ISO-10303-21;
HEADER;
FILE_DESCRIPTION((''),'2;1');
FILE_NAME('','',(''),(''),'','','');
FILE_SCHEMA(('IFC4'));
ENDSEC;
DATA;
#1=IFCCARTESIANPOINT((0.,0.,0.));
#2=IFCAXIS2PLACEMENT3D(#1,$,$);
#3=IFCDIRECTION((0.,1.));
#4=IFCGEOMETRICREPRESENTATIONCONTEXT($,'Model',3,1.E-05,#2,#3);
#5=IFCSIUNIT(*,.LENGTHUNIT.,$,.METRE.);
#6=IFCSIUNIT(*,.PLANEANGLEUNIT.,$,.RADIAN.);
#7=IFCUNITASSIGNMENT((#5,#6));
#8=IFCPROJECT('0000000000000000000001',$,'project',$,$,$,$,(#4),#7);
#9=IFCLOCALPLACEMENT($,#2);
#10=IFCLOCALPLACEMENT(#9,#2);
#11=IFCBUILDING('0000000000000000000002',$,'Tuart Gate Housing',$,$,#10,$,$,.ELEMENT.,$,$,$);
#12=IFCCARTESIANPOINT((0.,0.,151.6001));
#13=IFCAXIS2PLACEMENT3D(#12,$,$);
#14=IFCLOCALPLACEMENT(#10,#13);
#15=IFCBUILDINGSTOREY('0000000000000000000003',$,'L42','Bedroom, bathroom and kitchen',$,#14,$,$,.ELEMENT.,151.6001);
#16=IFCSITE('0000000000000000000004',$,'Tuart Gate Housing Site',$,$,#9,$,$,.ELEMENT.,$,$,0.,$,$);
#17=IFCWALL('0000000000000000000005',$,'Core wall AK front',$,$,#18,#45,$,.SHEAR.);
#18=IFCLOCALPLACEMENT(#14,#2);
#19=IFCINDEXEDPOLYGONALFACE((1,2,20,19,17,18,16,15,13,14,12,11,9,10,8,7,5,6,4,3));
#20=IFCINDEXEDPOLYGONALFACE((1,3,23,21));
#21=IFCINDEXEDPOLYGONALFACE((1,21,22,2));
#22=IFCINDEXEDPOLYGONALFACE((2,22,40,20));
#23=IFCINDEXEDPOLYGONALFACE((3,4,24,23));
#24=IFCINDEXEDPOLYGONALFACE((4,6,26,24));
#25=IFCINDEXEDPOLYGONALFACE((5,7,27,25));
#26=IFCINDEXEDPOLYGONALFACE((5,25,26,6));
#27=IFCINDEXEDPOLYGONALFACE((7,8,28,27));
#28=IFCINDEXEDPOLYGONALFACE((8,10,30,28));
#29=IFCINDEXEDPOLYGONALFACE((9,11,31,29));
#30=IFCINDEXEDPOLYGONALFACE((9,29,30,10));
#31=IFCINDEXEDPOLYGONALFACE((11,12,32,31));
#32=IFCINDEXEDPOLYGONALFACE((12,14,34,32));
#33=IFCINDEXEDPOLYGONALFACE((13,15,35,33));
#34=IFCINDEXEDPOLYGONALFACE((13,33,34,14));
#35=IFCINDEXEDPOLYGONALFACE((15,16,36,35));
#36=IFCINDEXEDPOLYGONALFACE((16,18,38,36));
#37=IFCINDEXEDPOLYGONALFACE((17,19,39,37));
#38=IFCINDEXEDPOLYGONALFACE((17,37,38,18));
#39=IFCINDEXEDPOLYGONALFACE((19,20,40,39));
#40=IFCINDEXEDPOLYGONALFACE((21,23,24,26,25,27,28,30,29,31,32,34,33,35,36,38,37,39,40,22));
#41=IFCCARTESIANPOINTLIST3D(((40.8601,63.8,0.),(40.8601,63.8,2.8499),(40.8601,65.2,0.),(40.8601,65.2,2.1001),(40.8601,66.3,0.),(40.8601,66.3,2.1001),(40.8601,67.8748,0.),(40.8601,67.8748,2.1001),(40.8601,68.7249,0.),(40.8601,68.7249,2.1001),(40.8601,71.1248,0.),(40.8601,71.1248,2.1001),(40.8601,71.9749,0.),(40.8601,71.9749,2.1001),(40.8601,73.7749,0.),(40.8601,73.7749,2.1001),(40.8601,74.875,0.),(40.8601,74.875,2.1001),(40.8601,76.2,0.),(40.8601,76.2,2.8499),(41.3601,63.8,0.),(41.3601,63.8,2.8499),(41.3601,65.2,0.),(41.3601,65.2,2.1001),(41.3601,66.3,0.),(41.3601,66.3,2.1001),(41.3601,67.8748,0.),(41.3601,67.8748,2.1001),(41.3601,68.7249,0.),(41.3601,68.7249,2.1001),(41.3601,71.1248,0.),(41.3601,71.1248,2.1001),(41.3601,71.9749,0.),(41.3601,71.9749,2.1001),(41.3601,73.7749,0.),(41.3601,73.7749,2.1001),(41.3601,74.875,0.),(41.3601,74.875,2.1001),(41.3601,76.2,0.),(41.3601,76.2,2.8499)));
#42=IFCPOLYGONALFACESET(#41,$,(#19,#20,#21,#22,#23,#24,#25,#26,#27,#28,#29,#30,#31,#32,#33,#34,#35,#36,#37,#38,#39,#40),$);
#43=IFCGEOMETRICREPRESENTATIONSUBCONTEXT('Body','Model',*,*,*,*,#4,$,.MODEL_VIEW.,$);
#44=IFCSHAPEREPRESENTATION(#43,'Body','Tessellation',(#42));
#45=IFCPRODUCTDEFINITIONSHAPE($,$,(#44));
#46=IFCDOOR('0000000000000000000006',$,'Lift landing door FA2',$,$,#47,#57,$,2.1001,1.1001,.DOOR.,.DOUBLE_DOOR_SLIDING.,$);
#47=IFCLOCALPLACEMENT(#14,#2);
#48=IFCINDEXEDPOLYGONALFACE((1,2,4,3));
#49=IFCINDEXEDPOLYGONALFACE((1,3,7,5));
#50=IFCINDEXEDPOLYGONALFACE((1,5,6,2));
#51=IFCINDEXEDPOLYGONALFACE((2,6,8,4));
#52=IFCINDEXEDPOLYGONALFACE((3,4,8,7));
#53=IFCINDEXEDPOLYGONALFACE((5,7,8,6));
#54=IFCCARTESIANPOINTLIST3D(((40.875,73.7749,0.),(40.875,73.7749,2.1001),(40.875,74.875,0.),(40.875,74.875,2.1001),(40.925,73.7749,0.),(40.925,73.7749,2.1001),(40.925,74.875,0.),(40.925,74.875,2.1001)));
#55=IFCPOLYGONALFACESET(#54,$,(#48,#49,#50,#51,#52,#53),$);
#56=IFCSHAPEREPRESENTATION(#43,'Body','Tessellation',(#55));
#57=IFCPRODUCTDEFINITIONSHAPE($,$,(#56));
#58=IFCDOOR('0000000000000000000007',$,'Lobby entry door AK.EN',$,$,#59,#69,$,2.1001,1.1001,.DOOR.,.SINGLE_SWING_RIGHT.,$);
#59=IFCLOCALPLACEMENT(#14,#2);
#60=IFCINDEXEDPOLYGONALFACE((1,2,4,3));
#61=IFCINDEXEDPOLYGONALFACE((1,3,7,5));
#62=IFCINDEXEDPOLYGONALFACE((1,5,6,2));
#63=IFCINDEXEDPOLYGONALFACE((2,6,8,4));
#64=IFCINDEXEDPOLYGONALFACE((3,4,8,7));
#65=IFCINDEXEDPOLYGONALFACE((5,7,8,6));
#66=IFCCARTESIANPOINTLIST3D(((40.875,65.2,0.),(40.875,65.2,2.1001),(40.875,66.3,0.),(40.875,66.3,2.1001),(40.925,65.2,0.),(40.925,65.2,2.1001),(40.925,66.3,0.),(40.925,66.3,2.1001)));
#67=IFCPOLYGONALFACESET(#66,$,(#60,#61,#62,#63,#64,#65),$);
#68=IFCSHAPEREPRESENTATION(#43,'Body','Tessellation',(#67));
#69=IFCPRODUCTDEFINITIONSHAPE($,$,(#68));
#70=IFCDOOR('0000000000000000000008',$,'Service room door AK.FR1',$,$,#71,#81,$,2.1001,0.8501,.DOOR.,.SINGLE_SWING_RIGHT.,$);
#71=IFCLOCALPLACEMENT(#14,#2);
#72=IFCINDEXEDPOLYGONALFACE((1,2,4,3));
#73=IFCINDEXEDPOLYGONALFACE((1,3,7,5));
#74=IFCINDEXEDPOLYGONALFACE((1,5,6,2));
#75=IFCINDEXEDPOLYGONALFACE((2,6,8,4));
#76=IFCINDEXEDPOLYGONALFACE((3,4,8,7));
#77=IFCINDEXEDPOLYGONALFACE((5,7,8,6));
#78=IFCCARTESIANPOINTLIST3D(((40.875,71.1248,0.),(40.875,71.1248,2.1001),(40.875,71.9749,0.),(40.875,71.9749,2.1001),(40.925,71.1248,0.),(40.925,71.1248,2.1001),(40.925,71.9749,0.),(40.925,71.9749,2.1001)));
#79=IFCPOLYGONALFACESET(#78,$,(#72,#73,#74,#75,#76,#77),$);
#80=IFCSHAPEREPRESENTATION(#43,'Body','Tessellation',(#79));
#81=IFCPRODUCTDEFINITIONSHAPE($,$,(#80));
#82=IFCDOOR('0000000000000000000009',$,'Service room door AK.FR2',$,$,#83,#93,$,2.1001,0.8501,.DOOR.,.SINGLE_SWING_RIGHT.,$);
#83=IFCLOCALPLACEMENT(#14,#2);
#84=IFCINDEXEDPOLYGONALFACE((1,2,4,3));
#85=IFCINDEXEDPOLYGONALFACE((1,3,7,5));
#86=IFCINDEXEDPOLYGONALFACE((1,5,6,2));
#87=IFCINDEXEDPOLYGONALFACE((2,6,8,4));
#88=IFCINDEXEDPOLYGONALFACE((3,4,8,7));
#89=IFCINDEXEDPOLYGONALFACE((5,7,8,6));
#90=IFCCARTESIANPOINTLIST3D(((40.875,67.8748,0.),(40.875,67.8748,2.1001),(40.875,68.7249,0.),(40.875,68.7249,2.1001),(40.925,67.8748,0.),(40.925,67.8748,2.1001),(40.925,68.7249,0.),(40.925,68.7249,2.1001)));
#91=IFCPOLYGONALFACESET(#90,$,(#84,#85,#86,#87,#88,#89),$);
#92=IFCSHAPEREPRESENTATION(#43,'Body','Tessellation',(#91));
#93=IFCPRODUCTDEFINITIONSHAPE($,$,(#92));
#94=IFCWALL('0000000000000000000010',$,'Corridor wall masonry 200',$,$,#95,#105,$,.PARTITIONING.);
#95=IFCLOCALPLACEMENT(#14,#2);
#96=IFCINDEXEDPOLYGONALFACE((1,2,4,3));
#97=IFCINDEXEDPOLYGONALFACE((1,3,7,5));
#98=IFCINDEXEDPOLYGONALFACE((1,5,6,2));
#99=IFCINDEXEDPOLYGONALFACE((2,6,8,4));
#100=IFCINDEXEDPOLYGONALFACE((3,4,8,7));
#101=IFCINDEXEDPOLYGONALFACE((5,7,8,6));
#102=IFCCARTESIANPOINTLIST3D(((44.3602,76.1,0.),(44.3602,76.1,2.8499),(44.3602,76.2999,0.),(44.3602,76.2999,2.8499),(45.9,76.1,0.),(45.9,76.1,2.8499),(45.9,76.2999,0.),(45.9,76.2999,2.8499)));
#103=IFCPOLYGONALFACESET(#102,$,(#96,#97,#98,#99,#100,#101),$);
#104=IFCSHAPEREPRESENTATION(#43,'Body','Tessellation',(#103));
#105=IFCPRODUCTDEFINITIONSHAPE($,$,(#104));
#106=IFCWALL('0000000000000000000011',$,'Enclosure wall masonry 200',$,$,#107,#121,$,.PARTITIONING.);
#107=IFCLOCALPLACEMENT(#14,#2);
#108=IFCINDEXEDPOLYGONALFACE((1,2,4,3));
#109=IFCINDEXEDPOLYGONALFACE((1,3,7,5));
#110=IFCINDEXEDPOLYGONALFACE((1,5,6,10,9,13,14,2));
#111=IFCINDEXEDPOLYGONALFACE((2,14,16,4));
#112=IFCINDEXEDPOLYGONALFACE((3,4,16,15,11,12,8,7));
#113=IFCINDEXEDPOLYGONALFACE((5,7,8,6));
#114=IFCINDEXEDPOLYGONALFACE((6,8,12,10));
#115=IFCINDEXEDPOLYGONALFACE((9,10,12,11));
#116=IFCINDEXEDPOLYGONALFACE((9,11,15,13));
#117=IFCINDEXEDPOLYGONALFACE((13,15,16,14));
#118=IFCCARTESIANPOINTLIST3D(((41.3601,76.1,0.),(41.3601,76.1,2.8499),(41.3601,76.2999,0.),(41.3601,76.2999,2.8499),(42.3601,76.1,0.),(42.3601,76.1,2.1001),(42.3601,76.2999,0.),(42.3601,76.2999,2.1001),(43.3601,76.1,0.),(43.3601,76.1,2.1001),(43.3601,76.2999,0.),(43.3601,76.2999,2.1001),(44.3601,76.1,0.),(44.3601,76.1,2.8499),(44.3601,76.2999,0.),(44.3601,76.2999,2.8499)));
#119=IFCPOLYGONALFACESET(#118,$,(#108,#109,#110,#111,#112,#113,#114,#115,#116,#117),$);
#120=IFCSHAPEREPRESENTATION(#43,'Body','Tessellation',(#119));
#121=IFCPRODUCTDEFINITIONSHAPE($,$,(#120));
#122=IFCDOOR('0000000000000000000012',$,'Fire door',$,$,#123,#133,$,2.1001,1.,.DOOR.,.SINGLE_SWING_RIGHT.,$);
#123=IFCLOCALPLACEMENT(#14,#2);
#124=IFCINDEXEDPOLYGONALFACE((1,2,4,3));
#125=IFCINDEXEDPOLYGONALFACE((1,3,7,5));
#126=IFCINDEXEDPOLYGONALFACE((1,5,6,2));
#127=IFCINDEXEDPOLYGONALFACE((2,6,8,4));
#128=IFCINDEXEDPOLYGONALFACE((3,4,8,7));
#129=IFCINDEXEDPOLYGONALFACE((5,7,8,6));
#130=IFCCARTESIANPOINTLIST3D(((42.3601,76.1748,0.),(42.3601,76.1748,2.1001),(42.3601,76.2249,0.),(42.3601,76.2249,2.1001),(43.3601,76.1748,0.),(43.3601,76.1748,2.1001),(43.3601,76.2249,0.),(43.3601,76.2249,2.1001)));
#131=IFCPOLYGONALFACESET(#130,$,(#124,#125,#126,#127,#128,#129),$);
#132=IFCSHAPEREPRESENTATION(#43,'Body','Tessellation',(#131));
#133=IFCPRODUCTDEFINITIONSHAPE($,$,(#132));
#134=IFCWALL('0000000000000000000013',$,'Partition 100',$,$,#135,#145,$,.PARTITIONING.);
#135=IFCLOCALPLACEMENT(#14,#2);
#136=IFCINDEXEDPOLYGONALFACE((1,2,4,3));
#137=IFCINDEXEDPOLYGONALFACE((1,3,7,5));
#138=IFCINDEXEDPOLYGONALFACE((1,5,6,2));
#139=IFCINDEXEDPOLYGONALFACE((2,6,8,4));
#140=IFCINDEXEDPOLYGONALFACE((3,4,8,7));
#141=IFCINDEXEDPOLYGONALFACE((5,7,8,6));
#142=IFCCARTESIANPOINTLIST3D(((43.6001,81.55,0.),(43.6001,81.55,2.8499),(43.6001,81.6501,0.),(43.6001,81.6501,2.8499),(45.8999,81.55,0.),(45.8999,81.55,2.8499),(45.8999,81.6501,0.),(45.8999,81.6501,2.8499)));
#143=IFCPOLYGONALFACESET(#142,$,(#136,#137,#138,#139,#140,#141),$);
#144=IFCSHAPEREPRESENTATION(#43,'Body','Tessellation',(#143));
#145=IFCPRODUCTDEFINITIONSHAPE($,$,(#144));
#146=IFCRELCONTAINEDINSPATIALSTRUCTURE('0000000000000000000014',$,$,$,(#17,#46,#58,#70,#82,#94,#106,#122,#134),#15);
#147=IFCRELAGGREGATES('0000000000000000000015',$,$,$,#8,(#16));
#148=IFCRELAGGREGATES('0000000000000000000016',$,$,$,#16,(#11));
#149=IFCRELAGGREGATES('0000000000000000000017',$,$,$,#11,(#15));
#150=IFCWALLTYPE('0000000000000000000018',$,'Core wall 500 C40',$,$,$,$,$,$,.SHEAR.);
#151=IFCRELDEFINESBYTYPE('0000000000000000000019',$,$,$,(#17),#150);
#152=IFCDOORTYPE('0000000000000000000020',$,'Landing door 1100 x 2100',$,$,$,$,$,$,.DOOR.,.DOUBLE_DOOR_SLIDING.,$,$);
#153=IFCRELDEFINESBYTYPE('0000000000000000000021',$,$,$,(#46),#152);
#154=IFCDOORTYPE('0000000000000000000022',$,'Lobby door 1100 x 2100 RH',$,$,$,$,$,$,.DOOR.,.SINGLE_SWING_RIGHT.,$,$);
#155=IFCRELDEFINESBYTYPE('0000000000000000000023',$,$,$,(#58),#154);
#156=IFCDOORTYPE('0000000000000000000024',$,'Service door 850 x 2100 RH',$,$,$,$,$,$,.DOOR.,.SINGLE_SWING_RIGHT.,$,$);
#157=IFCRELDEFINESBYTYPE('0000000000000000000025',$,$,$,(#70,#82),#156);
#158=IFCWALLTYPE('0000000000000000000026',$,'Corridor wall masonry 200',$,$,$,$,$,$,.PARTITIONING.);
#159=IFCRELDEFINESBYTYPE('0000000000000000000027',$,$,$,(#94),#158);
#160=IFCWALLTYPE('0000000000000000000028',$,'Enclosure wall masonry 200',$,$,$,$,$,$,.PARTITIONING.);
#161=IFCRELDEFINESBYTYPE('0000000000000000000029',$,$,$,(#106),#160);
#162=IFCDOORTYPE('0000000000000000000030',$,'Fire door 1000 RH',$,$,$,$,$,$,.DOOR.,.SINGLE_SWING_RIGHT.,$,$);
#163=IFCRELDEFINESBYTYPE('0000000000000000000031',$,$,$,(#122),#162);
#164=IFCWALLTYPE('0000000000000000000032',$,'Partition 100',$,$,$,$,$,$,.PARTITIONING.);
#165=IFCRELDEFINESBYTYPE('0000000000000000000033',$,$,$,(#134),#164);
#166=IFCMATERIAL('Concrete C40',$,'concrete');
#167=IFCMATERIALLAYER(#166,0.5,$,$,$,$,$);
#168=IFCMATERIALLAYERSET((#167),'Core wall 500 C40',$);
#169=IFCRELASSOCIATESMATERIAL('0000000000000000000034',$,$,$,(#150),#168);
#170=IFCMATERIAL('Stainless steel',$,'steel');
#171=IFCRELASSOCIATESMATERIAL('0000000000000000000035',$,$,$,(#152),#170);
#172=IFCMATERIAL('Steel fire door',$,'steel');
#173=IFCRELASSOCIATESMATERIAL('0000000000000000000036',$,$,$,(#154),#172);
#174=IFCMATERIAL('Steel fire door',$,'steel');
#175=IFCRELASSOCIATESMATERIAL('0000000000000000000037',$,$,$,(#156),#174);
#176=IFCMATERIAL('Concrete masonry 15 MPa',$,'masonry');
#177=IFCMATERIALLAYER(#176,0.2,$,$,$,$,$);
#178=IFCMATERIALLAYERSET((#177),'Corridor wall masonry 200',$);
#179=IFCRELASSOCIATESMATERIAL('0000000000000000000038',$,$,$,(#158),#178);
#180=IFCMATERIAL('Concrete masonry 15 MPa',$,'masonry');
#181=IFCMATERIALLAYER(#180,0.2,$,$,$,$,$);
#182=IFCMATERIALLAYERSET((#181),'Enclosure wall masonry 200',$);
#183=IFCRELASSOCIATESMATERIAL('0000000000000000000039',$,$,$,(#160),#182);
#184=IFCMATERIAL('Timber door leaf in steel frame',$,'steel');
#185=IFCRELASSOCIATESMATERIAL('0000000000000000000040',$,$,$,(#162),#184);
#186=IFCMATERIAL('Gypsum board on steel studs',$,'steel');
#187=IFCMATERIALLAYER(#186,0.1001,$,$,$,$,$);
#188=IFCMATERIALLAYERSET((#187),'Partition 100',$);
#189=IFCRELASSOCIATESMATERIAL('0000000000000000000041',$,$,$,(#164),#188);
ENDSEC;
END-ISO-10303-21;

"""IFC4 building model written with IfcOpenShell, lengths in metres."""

from ifc_helpers import new_model, si_unit, direction, frame, frame_2d, origin, place, context, subcontext, project, spatial, rectangle, extrude, material, layer, layer_set, type_object, element, fill, save


model = new_model("IFC4")

# Units and contexts
model_context = context("Model", 3, precision=1e-05, world=origin(), true_north=direction((0.0, 1.0)))
body_context = subcontext(model_context, "Body", "Model", "MODEL_VIEW")
ifc_project = project(units=[si_unit("LENGTHUNIT", "METRE"), si_unit("PLANEANGLEUNIT", "RADIAN")], contexts=[model_context])

# Site, building, storey
site_placement = place(None, origin())
site = spatial("IfcSite", under=ifc_project, at=site_placement, Name="Tuart Gate Housing Site", CompositionType="ELEMENT", RefElevation=0.0)
building_placement = place(site_placement, origin())
building = spatial("IfcBuilding", under=site, at=building_placement, Name="Tuart Gate Housing", CompositionType="ELEMENT")
storey_placement = place(building_placement, frame((0.0, 0.0, 151.6001)))
storey = spatial("IfcBuildingStorey", under=building, at=storey_placement, Name="L42", Description="Bedroom, bathroom and kitchen", CompositionType="ELEMENT", Elevation=151.6001)

# Wall, openings, doors
ifc_material_1 = material(Name="Concrete C40", Category="concrete")
ifc_layer_1 = layer(ifc_material_1, 0.5)
ifc_layer_set_1 = layer_set([ifc_layer_1], Name="Core wall 500 C40")
wall_type_1 = type_object("IfcWallType", Name="Core wall 500 C40", PredefinedType="SHEAR", material=ifc_layer_set_1)
wall_1_placement = place(storey_placement, frame((41.1101, 76.2, 0.0), z_axis=(0.0, 0.0, 1.0), x_axis=(0.0, -1.0, 0.0)))
wall_1 = element("IfcWall", 1, at=wall_1_placement, inside=storey, type_object=wall_type_1, Name="Core wall AK front", PredefinedType="SHEAR", context=body_context, shape_type="SweptSolid", body=[
    extrude(rectangle(XDim=12.3999, YDim=0.5, at=frame_2d((6.2, 0.0))), origin(), (0.0, 0.0, 1.0), 2.8499),
])
opening_1_placement = place(wall_1_placement, frame((1.325, 0.0, 0.0)))
opening_1 = element("IfcOpeningElement", 2, at=opening_1_placement, cuts=wall_1, PredefinedType="OPENING", context=body_context, shape_type="SweptSolid", body=[
    extrude(rectangle(XDim=1.1001, YDim=2.1001, at=frame_2d((0.55, 1.05))), frame((0.0, 0.26, 0.0), z_axis=(0.0, -1.0, 0.0), x_axis=(1.0, 0.0, 0.0)), (0.0, 0.0, 1.0), 0.52),
])
opening_2_placement = place(wall_1_placement, frame((4.2251, 0.0, 0.0)))
opening_2 = element("IfcOpeningElement", 3, at=opening_2_placement, cuts=wall_1, PredefinedType="OPENING", context=body_context, shape_type="SweptSolid", body=[
    extrude(rectangle(XDim=0.8501, YDim=2.1001, at=frame_2d((0.425, 1.05))), frame((0.0, 0.26, 0.0), z_axis=(0.0, -1.0, 0.0), x_axis=(1.0, 0.0, 0.0)), (0.0, 0.0, 1.0), 0.52),
])
opening_3_placement = place(wall_1_placement, frame((7.4751, 0.0, 0.0)))
opening_3 = element("IfcOpeningElement", 4, at=opening_3_placement, cuts=wall_1, PredefinedType="OPENING", context=body_context, shape_type="SweptSolid", body=[
    extrude(rectangle(XDim=0.8501, YDim=2.1001, at=frame_2d((0.425, 1.05))), frame((0.0, 0.26, 0.0), z_axis=(0.0, -1.0, 0.0), x_axis=(1.0, 0.0, 0.0)), (0.0, 0.0, 1.0), 0.52),
])
opening_4_placement = place(wall_1_placement, frame((9.8999, 0.0, 0.0)))
opening_4 = element("IfcOpeningElement", 5, at=opening_4_placement, cuts=wall_1, PredefinedType="OPENING", context=body_context, shape_type="SweptSolid", body=[
    extrude(rectangle(XDim=1.1001, YDim=2.1001, at=frame_2d((0.55, 1.05))), frame((0.0, 0.26, 0.0), z_axis=(0.0, -1.0, 0.0), x_axis=(1.0, 0.0, 0.0)), (0.0, 0.0, 1.0), 0.52),
])
ifc_material_2 = material(Name="Stainless steel", Category="steel")
door_type_1 = type_object("IfcDoorType", Name="Landing door 1100 x 2100", OperationType="DOUBLE_DOOR_SLIDING", PredefinedType="DOOR", material=ifc_material_2)
door_1_placement = place(opening_1_placement, origin())
door_1 = element("IfcDoor", 6, at=door_1_placement, inside=storey, type_object=door_type_1, Name="Lift landing door FA2", OperationType="DOUBLE_DOOR_SLIDING", OverallHeight=2.1001, OverallWidth=1.1001, PredefinedType="DOOR", context=body_context, shape_type="SweptSolid", body=[
    extrude(rectangle(XDim=1.1001, YDim=2.1001, at=frame_2d((0.55, 1.05))), frame((0.0, -0.1851, 0.0), z_axis=(0.0, -1.0, 0.0), x_axis=(1.0, 0.0, 0.0)), (0.0, 0.0, 1.0), 0.05),
])
fill(opening_1, door_1)
ifc_material_3 = material(Name="Steel fire door", Category="steel")
door_type_2 = type_object("IfcDoorType", Name="Lobby door 1100 x 2100 RH", OperationType="SINGLE_SWING_RIGHT", PredefinedType="DOOR", material=ifc_material_3)
door_2_placement = place(opening_4_placement, frame((1.1001, 0.0, 0.0), z_axis=(0.0, 0.0, 1.0), x_axis=(-1.0, 0.0, 0.0)))
door_2 = element("IfcDoor", 7, at=door_2_placement, inside=storey, type_object=door_type_2, Name="Lobby entry door AK.EN", OperationType="SINGLE_SWING_RIGHT", OverallHeight=2.1001, OverallWidth=1.1001, PredefinedType="DOOR", context=body_context, shape_type="SweptSolid", body=[
    extrude(rectangle(XDim=1.1001, YDim=2.1001, at=frame_2d((0.55, 1.05))), frame((0.0, 0.2351, 0.0), z_axis=(0.0, -1.0, 0.0), x_axis=(1.0, 0.0, 0.0)), (0.0, 0.0, 1.0), 0.05),
])
fill(opening_4, door_2)
ifc_material_4 = material(Name="Steel fire door", Category="steel")
door_type_3 = type_object("IfcDoorType", Name="Service door 850 x 2100 RH", OperationType="SINGLE_SWING_RIGHT", PredefinedType="DOOR", material=ifc_material_4)
door_3_placement = place(opening_2_placement, frame((0.8501, 0.0, 0.0), z_axis=(0.0, 0.0, 1.0), x_axis=(-1.0, 0.0, 0.0)))
door_3 = element("IfcDoor", 8, at=door_3_placement, inside=storey, type_object=door_type_3, Name="Service room door AK.FR1", OperationType="SINGLE_SWING_RIGHT", OverallHeight=2.1001, OverallWidth=0.8501, PredefinedType="DOOR", context=body_context, shape_type="SweptSolid", body=[
    extrude(rectangle(XDim=0.8501, YDim=2.1001, at=frame_2d((0.425, 1.05))), frame((0.0, 0.2351, 0.0), z_axis=(0.0, -1.0, 0.0), x_axis=(1.0, 0.0, 0.0)), (0.0, 0.0, 1.0), 0.05),
])
fill(opening_2, door_3)
door_4_placement = place(opening_3_placement, frame((0.8501, 0.0, 0.0), z_axis=(0.0, 0.0, 1.0), x_axis=(-1.0, 0.0, 0.0)))
door_4 = element("IfcDoor", 9, at=door_4_placement, inside=storey, type_object=door_type_3, Name="Service room door AK.FR2", OperationType="SINGLE_SWING_RIGHT", OverallHeight=2.1001, OverallWidth=0.8501, PredefinedType="DOOR", context=body_context, shape_type="SweptSolid", body=[
    extrude(rectangle(XDim=0.8501, YDim=2.1001, at=frame_2d((0.425, 1.05))), frame((0.0, 0.2351, 0.0), z_axis=(0.0, -1.0, 0.0), x_axis=(1.0, 0.0, 0.0)), (0.0, 0.0, 1.0), 0.05),
])
fill(opening_3, door_4)

# Wall
ifc_material_5 = material(Name="Concrete masonry 15 MPa", Category="masonry")
ifc_layer_2 = layer(ifc_material_5, 0.2)
ifc_layer_set_2 = layer_set([ifc_layer_2], Name="Corridor wall masonry 200")
wall_type_2 = type_object("IfcWallType", Name="Corridor wall masonry 200", PredefinedType="PARTITIONING", material=ifc_layer_set_2)
wall_2_placement = place(storey_placement, frame((44.3601, 76.2, 0.0), z_axis=(0.0, 0.0, 1.0), x_axis=(1.0, 0.0, 0.0)))
element("IfcWall", 10, at=wall_2_placement, inside=storey, type_object=wall_type_2, Name="Corridor wall masonry 200", PredefinedType="PARTITIONING", context=body_context, shape_type="SweptSolid", body=[
    extrude(rectangle(XDim=1.5398, YDim=0.2, at=frame_2d((0.77, 0.0))), origin(), (0.0, 0.0, 1.0), 2.8499),
])

# Wall, opening, door
ifc_material_6 = material(Name="Concrete masonry 15 MPa", Category="masonry")
ifc_layer_3 = layer(ifc_material_6, 0.2)
ifc_layer_set_3 = layer_set([ifc_layer_3], Name="Enclosure wall masonry 200")
wall_type_3 = type_object("IfcWallType", Name="Enclosure wall masonry 200", PredefinedType="PARTITIONING", material=ifc_layer_set_3)
wall_3_placement = place(storey_placement, frame((41.3601, 76.2, 0.0), z_axis=(0.0, 0.0, 1.0), x_axis=(1.0, 0.0, 0.0)))
wall_3 = element("IfcWall", 11, at=wall_3_placement, inside=storey, type_object=wall_type_3, Name="Enclosure wall masonry 200", PredefinedType="PARTITIONING", context=body_context, shape_type="SweptSolid", body=[
    extrude(rectangle(XDim=3.0, YDim=0.2, at=frame_2d((1.5, 0.0))), origin(), (0.0, 0.0, 1.0), 2.8499),
])
opening_5_placement = place(wall_3_placement, frame((1.0, 0.0, 0.0)))
opening_5 = element("IfcOpeningElement", 12, at=opening_5_placement, cuts=wall_3, PredefinedType="OPENING", context=body_context, shape_type="SweptSolid", body=[
    extrude(rectangle(XDim=1.0, YDim=2.1001, at=frame_2d((0.5, 1.05))), frame((0.0, 0.1099, 0.0), z_axis=(0.0, -1.0, 0.0), x_axis=(1.0, 0.0, 0.0)), (0.0, 0.0, 1.0), 0.22),
])
ifc_material_7 = material(Name="Timber door leaf in steel frame", Category="steel")
door_type_4 = type_object("IfcDoorType", Name="Fire door 1000 RH", OperationType="SINGLE_SWING_RIGHT", PredefinedType="DOOR", material=ifc_material_7)
door_5_placement = place(opening_5_placement, origin())
door_5 = element("IfcDoor", 13, at=door_5_placement, inside=storey, type_object=door_type_4, Name="Fire door", OperationType="SINGLE_SWING_RIGHT", OverallHeight=2.1001, OverallWidth=1.0, PredefinedType="DOOR", context=body_context, shape_type="SweptSolid", body=[
    extrude(rectangle(XDim=1.0, YDim=2.1001, at=frame_2d((0.5, 1.05))), frame((0.0, 0.0249, 0.0), z_axis=(0.0, -1.0, 0.0), x_axis=(1.0, 0.0, 0.0)), (0.0, 0.0, 1.0), 0.05),
])
fill(opening_5, door_5)

# Wall
ifc_material_8 = material(Name="Gypsum board on steel studs", Category="steel")
ifc_layer_4 = layer(ifc_material_8, 0.1001)
ifc_layer_set_4 = layer_set([ifc_layer_4], Name="Partition 100")
wall_type_4 = type_object("IfcWallType", Name="Partition 100", PredefinedType="PARTITIONING", material=ifc_layer_set_4)
wall_4_placement = place(storey_placement, frame((43.6001, 81.6001, 0.0), z_axis=(0.0, 0.0, 1.0), x_axis=(1.0, 0.0, 0.0)))
element("IfcWall", 14, at=wall_4_placement, inside=storey, type_object=wall_type_4, Name="Partition 100", PredefinedType="PARTITIONING", context=body_context, shape_type="SweptSolid", body=[
    extrude(rectangle(XDim=2.2998, YDim=0.1001, at=frame_2d((1.1499, 0.0))), origin(), (0.0, 0.0, 1.0), 2.8499),
])

save(model, "model.ifc")
